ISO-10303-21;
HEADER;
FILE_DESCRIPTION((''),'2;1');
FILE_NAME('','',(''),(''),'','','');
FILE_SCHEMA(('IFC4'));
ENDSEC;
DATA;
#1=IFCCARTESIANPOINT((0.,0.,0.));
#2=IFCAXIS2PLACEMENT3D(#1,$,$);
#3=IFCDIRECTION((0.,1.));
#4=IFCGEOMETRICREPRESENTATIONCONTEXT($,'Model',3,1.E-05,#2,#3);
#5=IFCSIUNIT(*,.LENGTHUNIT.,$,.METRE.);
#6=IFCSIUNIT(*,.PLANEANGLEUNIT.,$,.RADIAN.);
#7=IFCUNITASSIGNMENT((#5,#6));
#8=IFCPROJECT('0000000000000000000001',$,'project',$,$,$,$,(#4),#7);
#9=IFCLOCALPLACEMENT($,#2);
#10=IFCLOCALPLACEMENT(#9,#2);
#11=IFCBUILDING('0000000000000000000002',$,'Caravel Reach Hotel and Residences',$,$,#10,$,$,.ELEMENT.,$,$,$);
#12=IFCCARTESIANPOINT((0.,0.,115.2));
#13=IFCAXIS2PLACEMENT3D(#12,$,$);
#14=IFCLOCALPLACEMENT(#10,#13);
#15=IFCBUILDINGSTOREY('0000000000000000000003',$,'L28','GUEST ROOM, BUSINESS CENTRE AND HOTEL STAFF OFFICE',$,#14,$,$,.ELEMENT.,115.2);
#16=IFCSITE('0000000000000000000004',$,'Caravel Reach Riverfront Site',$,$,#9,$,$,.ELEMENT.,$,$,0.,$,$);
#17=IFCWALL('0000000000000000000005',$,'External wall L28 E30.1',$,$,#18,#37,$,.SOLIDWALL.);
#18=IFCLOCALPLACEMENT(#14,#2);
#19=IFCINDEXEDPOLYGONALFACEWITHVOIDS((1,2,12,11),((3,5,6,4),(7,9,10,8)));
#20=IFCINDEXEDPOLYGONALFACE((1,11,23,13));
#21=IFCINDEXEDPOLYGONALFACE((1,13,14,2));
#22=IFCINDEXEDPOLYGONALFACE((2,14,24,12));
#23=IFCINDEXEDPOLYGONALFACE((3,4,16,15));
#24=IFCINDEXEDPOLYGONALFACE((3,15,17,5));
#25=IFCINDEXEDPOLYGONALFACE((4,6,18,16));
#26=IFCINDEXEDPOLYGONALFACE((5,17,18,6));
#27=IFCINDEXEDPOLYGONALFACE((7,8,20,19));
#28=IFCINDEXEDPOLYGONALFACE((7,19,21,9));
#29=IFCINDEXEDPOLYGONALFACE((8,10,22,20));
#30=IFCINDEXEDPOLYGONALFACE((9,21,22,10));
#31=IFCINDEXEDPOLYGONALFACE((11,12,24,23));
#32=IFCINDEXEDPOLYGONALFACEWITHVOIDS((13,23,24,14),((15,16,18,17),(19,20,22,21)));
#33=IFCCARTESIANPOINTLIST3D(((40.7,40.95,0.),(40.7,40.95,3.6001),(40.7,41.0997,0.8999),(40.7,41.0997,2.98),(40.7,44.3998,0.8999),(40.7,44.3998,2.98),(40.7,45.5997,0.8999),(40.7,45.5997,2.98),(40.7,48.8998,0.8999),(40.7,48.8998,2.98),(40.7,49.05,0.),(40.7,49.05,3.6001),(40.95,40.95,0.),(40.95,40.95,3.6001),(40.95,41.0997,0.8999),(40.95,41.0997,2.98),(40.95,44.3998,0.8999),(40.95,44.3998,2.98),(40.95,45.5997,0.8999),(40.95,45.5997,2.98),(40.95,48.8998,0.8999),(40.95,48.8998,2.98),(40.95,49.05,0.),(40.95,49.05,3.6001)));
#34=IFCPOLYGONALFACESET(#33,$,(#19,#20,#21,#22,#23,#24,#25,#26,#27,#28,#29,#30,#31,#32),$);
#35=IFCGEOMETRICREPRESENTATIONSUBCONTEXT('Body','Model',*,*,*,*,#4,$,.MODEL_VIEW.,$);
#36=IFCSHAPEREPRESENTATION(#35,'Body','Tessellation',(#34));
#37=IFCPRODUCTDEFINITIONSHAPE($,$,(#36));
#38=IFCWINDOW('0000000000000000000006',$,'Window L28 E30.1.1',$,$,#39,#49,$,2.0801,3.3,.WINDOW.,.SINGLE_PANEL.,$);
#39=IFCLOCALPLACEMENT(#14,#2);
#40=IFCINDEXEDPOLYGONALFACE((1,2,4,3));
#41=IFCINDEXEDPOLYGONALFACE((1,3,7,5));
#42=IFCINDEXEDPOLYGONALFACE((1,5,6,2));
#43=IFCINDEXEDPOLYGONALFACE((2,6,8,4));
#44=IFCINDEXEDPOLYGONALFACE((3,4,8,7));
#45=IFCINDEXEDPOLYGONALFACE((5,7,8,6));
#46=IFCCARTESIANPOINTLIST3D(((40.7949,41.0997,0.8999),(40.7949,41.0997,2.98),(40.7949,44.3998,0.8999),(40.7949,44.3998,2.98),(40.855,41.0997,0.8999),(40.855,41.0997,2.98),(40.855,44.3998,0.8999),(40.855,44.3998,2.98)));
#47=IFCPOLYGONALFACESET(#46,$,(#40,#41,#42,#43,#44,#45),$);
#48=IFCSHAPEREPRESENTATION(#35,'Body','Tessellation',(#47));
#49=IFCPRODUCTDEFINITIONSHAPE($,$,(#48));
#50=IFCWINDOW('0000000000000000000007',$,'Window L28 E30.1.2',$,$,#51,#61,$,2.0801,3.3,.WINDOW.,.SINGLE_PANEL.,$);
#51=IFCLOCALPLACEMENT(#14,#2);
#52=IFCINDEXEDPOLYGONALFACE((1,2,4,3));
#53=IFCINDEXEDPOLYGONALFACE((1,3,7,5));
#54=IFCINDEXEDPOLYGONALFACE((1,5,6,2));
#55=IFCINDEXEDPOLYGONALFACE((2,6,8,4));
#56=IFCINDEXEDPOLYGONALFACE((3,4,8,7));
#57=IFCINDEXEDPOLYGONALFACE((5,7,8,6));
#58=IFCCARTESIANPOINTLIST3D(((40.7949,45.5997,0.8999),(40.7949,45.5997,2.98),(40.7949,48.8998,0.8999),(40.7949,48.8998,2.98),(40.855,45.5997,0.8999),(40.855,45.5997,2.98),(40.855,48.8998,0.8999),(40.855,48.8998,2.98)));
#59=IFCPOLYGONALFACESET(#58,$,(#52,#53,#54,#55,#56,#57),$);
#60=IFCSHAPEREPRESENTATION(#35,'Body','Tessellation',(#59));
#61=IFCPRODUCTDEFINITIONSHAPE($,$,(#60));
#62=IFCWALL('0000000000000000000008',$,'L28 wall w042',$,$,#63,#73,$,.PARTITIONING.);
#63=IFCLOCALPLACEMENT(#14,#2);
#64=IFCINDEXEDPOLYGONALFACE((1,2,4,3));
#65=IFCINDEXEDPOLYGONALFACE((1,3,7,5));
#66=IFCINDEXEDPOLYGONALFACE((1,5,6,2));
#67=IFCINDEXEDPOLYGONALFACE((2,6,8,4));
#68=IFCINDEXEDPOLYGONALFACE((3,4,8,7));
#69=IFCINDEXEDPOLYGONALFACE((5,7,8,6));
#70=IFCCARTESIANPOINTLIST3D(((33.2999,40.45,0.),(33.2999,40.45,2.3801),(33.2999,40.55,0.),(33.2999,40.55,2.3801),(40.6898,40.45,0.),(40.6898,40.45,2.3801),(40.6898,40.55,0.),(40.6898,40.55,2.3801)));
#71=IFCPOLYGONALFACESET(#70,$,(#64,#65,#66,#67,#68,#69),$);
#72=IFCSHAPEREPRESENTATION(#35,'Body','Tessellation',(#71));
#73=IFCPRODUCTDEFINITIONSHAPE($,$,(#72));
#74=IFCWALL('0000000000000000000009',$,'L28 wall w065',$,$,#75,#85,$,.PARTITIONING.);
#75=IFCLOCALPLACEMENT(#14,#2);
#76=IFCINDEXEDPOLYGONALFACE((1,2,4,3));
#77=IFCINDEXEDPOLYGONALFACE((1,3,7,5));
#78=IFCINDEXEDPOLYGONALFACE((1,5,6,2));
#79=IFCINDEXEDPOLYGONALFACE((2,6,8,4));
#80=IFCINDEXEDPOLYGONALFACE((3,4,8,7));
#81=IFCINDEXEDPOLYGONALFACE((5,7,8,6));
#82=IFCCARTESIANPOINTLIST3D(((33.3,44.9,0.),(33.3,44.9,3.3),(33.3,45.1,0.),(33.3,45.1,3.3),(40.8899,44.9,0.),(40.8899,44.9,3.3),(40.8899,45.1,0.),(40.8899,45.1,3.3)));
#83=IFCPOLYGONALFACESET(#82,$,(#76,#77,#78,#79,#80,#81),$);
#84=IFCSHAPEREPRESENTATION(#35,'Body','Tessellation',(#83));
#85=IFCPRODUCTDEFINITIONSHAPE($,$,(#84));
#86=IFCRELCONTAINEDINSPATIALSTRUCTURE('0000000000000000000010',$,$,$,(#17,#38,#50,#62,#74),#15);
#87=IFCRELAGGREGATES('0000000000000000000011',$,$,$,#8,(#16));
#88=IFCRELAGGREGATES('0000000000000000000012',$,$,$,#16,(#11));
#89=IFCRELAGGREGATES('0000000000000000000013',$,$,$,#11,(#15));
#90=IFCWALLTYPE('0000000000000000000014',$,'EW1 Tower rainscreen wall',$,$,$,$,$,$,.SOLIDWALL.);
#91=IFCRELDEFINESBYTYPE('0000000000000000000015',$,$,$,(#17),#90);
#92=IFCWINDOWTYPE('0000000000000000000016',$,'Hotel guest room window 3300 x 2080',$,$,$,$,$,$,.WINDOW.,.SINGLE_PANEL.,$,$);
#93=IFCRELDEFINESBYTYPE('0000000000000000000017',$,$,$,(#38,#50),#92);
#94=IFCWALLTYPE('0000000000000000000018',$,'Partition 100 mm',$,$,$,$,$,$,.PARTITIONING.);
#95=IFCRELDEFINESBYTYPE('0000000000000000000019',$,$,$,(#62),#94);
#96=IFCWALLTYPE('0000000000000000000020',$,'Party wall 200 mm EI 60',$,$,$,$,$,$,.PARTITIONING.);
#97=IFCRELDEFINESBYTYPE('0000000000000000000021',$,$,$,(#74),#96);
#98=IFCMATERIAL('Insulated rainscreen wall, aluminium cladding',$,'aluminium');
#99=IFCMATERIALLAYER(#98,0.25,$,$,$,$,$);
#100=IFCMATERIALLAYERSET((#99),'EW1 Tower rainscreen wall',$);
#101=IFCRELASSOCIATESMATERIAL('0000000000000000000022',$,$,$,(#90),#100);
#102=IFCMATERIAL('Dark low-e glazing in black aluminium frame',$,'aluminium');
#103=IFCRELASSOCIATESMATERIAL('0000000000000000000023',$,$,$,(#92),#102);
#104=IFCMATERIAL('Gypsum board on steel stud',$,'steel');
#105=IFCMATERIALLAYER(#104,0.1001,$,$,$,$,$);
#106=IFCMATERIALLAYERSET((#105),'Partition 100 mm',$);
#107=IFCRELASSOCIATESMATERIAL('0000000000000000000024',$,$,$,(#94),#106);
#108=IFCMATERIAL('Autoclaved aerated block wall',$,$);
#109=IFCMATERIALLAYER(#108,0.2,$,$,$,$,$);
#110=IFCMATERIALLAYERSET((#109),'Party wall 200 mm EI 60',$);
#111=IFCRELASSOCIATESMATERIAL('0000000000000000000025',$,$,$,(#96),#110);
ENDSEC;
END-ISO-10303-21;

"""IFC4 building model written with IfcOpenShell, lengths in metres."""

from ifc_helpers import new_model, si_unit, direction, frame, frame_2d, origin, place, context, subcontext, project, spatial, rectangle, extrude, material, layer, layer_set, type_object, element, fill, save


model = new_model("IFC4")

# Units and contexts
model_context = context("Model", 3, precision=1e-05, world=origin(), true_north=direction((0.0, 1.0)))
body_context = subcontext(model_context, "Body", "Model", "MODEL_VIEW")
ifc_project = project(units=[si_unit("LENGTHUNIT", "METRE"), si_unit("PLANEANGLEUNIT", "RADIAN")], contexts=[model_context])

# Site, building, storey
site_placement = place(None, origin())
site = spatial("IfcSite", under=ifc_project, at=site_placement, Name="Caravel Reach Riverfront Site", CompositionType="ELEMENT", RefElevation=0.0)
building_placement = place(site_placement, origin())
building = spatial("IfcBuilding", under=site, at=building_placement, Name="Caravel Reach Hotel and Residences", CompositionType="ELEMENT")
storey_placement = place(building_placement, frame((0.0, 0.0, 115.2)))
storey = spatial("IfcBuildingStorey", under=building, at=storey_placement, Name="L28", Description="GUEST ROOM, BUSINESS CENTRE AND HOTEL STAFF OFFICE", CompositionType="ELEMENT", Elevation=115.2)

# Shared definitions
ifc_material_1 = material(Name="Insulated rainscreen wall, aluminium cladding", Category="aluminium")
ifc_layer_1 = layer(ifc_material_1, 0.25)
ifc_layer_set_1 = layer_set([ifc_layer_1], Name="EW1 Tower rainscreen wall")
wall_type_1 = type_object("IfcWallType", Name="EW1 Tower rainscreen wall", PredefinedType="SOLIDWALL", material=ifc_layer_set_1)
ifc_material_2 = material(Name="Dark low-e glazing in black aluminium frame", Category="aluminium")
window_type = type_object("IfcWindowType", Name="Hotel guest room window 3300 x 2080", PartitioningType="SINGLE_PANEL", PredefinedType="WINDOW", material=ifc_material_2)

# Wall, openings, windows
wall_1_placement = place(storey_placement, frame((40.825, 40.95, 0.0), z_axis=(0.0, 0.0, 1.0), x_axis=(0.0, 1.0, 0.0)))
wall_1 = element("IfcWall", 1, at=wall_1_placement, inside=storey, type_object=wall_type_1, Name="External wall L28 E30.1", PredefinedType="SOLIDWALL", context=body_context, shape_type="SweptSolid", body=[
    extrude(rectangle(XDim=8.1001, YDim=0.25, at=frame_2d((4.05, 0.0))), origin(), (0.0, 0.0, 1.0), 3.6001),
])
opening_1_placement = place(wall_1_placement, frame((0.1499, 0.0, 0.8999)))
opening_1 = element("IfcOpeningElement", 2, at=opening_1_placement, cuts=wall_1, PredefinedType="OPENING", context=body_context, shape_type="SweptSolid", body=[
    extrude(rectangle(XDim=3.3, YDim=2.0801, at=frame_2d((1.6499, 1.04))), frame((0.0, 0.135, 0.0), z_axis=(0.0, -1.0, 0.0), x_axis=(1.0, 0.0, 0.0)), (0.0, 0.0, 1.0), 0.27),
])
opening_2_placement = place(wall_1_placement, frame((4.6499, 0.0, 0.8999)))
opening_2 = element("IfcOpeningElement", 3, at=opening_2_placement, cuts=wall_1, PredefinedType="OPENING", context=body_context, shape_type="SweptSolid", body=[
    extrude(rectangle(XDim=3.3, YDim=2.0801, at=frame_2d((1.6499, 1.04))), frame((0.0, 0.135, 0.0), z_axis=(0.0, -1.0, 0.0), x_axis=(1.0, 0.0, 0.0)), (0.0, 0.0, 1.0), 0.27),
])
window_1_placement = place(opening_1_placement, origin())
window_1 = element("IfcWindow", 4, at=window_1_placement, inside=storey, type_object=window_type, Name="Window L28 E30.1.1", OverallHeight=2.0801, OverallWidth=3.3, PartitioningType="SINGLE_PANEL", PredefinedType="WINDOW", context=body_context, shape_type="SweptSolid", body=[
    extrude(rectangle(XDim=3.3, YDim=2.0801, at=frame_2d((1.6499, 1.04))), frame((0.0, 0.03, 0.0), z_axis=(0.0, -1.0, 0.0), x_axis=(1.0, 0.0, 0.0)), (0.0, 0.0, 1.0), 0.0601),
])
fill(opening_1, window_1)
window_2_placement = place(opening_2_placement, origin())
window_2 = element("IfcWindow", 5, at=window_2_placement, inside=storey, type_object=window_type, Name="Window L28 E30.1.2", OverallHeight=2.0801, OverallWidth=3.3, PartitioningType="SINGLE_PANEL", PredefinedType="WINDOW", context=body_context, shape_type="SweptSolid", body=[
    extrude(rectangle(XDim=3.3, YDim=2.0801, at=frame_2d((1.6499, 1.04))), frame((0.0, 0.03, 0.0), z_axis=(0.0, -1.0, 0.0), x_axis=(1.0, 0.0, 0.0)), (0.0, 0.0, 1.0), 0.0601),
])
fill(opening_2, window_2)

# Walls
ifc_material_3 = material(Name="Gypsum board on steel stud", Category="steel")
ifc_layer_2 = layer(ifc_material_3, 0.1001)
ifc_layer_set_2 = layer_set([ifc_layer_2], Name="Partition 100 mm")
wall_type_2 = type_object("IfcWallType", Name="Partition 100 mm", PredefinedType="PARTITIONING", material=ifc_layer_set_2)
wall_2_placement = place(storey_placement, frame((33.3, 40.5, 0.0), z_axis=(0.0, 0.0, 1.0), x_axis=(1.0, 0.0, 0.0)))
element("IfcWall", 6, at=wall_2_placement, inside=storey, type_object=wall_type_2, Name="L28 wall w042", PredefinedType="PARTITIONING", context=body_context, shape_type="SweptSolid", body=[
    extrude(rectangle(XDim=7.3899, YDim=0.1001, at=frame_2d((3.6948, 0.0))), origin(), (0.0, 0.0, 1.0), 2.3801),
])
ifc_material_4 = material(Name="Autoclaved aerated block wall")
ifc_layer_3 = layer(ifc_material_4, 0.2)
ifc_layer_set_3 = layer_set([ifc_layer_3], Name="Party wall 200 mm EI 60")
wall_type_3 = type_object("IfcWallType", Name="Party wall 200 mm EI 60", PredefinedType="PARTITIONING", material=ifc_layer_set_3)
wall_3_placement = place(storey_placement, frame((33.3, 45.0, 0.0), z_axis=(0.0, 0.0, 1.0), x_axis=(1.0, 0.0, 0.0)))
element("IfcWall", 7, at=wall_3_placement, inside=storey, type_object=wall_type_3, Name="L28 wall w065", PredefinedType="PARTITIONING", context=body_context, shape_type="SweptSolid", body=[
    extrude(rectangle(XDim=7.5898, YDim=0.2, at=frame_2d((3.7949, 0.0))), origin(), (0.0, 0.0, 1.0), 3.3),
])

save(model, "model.ifc")
